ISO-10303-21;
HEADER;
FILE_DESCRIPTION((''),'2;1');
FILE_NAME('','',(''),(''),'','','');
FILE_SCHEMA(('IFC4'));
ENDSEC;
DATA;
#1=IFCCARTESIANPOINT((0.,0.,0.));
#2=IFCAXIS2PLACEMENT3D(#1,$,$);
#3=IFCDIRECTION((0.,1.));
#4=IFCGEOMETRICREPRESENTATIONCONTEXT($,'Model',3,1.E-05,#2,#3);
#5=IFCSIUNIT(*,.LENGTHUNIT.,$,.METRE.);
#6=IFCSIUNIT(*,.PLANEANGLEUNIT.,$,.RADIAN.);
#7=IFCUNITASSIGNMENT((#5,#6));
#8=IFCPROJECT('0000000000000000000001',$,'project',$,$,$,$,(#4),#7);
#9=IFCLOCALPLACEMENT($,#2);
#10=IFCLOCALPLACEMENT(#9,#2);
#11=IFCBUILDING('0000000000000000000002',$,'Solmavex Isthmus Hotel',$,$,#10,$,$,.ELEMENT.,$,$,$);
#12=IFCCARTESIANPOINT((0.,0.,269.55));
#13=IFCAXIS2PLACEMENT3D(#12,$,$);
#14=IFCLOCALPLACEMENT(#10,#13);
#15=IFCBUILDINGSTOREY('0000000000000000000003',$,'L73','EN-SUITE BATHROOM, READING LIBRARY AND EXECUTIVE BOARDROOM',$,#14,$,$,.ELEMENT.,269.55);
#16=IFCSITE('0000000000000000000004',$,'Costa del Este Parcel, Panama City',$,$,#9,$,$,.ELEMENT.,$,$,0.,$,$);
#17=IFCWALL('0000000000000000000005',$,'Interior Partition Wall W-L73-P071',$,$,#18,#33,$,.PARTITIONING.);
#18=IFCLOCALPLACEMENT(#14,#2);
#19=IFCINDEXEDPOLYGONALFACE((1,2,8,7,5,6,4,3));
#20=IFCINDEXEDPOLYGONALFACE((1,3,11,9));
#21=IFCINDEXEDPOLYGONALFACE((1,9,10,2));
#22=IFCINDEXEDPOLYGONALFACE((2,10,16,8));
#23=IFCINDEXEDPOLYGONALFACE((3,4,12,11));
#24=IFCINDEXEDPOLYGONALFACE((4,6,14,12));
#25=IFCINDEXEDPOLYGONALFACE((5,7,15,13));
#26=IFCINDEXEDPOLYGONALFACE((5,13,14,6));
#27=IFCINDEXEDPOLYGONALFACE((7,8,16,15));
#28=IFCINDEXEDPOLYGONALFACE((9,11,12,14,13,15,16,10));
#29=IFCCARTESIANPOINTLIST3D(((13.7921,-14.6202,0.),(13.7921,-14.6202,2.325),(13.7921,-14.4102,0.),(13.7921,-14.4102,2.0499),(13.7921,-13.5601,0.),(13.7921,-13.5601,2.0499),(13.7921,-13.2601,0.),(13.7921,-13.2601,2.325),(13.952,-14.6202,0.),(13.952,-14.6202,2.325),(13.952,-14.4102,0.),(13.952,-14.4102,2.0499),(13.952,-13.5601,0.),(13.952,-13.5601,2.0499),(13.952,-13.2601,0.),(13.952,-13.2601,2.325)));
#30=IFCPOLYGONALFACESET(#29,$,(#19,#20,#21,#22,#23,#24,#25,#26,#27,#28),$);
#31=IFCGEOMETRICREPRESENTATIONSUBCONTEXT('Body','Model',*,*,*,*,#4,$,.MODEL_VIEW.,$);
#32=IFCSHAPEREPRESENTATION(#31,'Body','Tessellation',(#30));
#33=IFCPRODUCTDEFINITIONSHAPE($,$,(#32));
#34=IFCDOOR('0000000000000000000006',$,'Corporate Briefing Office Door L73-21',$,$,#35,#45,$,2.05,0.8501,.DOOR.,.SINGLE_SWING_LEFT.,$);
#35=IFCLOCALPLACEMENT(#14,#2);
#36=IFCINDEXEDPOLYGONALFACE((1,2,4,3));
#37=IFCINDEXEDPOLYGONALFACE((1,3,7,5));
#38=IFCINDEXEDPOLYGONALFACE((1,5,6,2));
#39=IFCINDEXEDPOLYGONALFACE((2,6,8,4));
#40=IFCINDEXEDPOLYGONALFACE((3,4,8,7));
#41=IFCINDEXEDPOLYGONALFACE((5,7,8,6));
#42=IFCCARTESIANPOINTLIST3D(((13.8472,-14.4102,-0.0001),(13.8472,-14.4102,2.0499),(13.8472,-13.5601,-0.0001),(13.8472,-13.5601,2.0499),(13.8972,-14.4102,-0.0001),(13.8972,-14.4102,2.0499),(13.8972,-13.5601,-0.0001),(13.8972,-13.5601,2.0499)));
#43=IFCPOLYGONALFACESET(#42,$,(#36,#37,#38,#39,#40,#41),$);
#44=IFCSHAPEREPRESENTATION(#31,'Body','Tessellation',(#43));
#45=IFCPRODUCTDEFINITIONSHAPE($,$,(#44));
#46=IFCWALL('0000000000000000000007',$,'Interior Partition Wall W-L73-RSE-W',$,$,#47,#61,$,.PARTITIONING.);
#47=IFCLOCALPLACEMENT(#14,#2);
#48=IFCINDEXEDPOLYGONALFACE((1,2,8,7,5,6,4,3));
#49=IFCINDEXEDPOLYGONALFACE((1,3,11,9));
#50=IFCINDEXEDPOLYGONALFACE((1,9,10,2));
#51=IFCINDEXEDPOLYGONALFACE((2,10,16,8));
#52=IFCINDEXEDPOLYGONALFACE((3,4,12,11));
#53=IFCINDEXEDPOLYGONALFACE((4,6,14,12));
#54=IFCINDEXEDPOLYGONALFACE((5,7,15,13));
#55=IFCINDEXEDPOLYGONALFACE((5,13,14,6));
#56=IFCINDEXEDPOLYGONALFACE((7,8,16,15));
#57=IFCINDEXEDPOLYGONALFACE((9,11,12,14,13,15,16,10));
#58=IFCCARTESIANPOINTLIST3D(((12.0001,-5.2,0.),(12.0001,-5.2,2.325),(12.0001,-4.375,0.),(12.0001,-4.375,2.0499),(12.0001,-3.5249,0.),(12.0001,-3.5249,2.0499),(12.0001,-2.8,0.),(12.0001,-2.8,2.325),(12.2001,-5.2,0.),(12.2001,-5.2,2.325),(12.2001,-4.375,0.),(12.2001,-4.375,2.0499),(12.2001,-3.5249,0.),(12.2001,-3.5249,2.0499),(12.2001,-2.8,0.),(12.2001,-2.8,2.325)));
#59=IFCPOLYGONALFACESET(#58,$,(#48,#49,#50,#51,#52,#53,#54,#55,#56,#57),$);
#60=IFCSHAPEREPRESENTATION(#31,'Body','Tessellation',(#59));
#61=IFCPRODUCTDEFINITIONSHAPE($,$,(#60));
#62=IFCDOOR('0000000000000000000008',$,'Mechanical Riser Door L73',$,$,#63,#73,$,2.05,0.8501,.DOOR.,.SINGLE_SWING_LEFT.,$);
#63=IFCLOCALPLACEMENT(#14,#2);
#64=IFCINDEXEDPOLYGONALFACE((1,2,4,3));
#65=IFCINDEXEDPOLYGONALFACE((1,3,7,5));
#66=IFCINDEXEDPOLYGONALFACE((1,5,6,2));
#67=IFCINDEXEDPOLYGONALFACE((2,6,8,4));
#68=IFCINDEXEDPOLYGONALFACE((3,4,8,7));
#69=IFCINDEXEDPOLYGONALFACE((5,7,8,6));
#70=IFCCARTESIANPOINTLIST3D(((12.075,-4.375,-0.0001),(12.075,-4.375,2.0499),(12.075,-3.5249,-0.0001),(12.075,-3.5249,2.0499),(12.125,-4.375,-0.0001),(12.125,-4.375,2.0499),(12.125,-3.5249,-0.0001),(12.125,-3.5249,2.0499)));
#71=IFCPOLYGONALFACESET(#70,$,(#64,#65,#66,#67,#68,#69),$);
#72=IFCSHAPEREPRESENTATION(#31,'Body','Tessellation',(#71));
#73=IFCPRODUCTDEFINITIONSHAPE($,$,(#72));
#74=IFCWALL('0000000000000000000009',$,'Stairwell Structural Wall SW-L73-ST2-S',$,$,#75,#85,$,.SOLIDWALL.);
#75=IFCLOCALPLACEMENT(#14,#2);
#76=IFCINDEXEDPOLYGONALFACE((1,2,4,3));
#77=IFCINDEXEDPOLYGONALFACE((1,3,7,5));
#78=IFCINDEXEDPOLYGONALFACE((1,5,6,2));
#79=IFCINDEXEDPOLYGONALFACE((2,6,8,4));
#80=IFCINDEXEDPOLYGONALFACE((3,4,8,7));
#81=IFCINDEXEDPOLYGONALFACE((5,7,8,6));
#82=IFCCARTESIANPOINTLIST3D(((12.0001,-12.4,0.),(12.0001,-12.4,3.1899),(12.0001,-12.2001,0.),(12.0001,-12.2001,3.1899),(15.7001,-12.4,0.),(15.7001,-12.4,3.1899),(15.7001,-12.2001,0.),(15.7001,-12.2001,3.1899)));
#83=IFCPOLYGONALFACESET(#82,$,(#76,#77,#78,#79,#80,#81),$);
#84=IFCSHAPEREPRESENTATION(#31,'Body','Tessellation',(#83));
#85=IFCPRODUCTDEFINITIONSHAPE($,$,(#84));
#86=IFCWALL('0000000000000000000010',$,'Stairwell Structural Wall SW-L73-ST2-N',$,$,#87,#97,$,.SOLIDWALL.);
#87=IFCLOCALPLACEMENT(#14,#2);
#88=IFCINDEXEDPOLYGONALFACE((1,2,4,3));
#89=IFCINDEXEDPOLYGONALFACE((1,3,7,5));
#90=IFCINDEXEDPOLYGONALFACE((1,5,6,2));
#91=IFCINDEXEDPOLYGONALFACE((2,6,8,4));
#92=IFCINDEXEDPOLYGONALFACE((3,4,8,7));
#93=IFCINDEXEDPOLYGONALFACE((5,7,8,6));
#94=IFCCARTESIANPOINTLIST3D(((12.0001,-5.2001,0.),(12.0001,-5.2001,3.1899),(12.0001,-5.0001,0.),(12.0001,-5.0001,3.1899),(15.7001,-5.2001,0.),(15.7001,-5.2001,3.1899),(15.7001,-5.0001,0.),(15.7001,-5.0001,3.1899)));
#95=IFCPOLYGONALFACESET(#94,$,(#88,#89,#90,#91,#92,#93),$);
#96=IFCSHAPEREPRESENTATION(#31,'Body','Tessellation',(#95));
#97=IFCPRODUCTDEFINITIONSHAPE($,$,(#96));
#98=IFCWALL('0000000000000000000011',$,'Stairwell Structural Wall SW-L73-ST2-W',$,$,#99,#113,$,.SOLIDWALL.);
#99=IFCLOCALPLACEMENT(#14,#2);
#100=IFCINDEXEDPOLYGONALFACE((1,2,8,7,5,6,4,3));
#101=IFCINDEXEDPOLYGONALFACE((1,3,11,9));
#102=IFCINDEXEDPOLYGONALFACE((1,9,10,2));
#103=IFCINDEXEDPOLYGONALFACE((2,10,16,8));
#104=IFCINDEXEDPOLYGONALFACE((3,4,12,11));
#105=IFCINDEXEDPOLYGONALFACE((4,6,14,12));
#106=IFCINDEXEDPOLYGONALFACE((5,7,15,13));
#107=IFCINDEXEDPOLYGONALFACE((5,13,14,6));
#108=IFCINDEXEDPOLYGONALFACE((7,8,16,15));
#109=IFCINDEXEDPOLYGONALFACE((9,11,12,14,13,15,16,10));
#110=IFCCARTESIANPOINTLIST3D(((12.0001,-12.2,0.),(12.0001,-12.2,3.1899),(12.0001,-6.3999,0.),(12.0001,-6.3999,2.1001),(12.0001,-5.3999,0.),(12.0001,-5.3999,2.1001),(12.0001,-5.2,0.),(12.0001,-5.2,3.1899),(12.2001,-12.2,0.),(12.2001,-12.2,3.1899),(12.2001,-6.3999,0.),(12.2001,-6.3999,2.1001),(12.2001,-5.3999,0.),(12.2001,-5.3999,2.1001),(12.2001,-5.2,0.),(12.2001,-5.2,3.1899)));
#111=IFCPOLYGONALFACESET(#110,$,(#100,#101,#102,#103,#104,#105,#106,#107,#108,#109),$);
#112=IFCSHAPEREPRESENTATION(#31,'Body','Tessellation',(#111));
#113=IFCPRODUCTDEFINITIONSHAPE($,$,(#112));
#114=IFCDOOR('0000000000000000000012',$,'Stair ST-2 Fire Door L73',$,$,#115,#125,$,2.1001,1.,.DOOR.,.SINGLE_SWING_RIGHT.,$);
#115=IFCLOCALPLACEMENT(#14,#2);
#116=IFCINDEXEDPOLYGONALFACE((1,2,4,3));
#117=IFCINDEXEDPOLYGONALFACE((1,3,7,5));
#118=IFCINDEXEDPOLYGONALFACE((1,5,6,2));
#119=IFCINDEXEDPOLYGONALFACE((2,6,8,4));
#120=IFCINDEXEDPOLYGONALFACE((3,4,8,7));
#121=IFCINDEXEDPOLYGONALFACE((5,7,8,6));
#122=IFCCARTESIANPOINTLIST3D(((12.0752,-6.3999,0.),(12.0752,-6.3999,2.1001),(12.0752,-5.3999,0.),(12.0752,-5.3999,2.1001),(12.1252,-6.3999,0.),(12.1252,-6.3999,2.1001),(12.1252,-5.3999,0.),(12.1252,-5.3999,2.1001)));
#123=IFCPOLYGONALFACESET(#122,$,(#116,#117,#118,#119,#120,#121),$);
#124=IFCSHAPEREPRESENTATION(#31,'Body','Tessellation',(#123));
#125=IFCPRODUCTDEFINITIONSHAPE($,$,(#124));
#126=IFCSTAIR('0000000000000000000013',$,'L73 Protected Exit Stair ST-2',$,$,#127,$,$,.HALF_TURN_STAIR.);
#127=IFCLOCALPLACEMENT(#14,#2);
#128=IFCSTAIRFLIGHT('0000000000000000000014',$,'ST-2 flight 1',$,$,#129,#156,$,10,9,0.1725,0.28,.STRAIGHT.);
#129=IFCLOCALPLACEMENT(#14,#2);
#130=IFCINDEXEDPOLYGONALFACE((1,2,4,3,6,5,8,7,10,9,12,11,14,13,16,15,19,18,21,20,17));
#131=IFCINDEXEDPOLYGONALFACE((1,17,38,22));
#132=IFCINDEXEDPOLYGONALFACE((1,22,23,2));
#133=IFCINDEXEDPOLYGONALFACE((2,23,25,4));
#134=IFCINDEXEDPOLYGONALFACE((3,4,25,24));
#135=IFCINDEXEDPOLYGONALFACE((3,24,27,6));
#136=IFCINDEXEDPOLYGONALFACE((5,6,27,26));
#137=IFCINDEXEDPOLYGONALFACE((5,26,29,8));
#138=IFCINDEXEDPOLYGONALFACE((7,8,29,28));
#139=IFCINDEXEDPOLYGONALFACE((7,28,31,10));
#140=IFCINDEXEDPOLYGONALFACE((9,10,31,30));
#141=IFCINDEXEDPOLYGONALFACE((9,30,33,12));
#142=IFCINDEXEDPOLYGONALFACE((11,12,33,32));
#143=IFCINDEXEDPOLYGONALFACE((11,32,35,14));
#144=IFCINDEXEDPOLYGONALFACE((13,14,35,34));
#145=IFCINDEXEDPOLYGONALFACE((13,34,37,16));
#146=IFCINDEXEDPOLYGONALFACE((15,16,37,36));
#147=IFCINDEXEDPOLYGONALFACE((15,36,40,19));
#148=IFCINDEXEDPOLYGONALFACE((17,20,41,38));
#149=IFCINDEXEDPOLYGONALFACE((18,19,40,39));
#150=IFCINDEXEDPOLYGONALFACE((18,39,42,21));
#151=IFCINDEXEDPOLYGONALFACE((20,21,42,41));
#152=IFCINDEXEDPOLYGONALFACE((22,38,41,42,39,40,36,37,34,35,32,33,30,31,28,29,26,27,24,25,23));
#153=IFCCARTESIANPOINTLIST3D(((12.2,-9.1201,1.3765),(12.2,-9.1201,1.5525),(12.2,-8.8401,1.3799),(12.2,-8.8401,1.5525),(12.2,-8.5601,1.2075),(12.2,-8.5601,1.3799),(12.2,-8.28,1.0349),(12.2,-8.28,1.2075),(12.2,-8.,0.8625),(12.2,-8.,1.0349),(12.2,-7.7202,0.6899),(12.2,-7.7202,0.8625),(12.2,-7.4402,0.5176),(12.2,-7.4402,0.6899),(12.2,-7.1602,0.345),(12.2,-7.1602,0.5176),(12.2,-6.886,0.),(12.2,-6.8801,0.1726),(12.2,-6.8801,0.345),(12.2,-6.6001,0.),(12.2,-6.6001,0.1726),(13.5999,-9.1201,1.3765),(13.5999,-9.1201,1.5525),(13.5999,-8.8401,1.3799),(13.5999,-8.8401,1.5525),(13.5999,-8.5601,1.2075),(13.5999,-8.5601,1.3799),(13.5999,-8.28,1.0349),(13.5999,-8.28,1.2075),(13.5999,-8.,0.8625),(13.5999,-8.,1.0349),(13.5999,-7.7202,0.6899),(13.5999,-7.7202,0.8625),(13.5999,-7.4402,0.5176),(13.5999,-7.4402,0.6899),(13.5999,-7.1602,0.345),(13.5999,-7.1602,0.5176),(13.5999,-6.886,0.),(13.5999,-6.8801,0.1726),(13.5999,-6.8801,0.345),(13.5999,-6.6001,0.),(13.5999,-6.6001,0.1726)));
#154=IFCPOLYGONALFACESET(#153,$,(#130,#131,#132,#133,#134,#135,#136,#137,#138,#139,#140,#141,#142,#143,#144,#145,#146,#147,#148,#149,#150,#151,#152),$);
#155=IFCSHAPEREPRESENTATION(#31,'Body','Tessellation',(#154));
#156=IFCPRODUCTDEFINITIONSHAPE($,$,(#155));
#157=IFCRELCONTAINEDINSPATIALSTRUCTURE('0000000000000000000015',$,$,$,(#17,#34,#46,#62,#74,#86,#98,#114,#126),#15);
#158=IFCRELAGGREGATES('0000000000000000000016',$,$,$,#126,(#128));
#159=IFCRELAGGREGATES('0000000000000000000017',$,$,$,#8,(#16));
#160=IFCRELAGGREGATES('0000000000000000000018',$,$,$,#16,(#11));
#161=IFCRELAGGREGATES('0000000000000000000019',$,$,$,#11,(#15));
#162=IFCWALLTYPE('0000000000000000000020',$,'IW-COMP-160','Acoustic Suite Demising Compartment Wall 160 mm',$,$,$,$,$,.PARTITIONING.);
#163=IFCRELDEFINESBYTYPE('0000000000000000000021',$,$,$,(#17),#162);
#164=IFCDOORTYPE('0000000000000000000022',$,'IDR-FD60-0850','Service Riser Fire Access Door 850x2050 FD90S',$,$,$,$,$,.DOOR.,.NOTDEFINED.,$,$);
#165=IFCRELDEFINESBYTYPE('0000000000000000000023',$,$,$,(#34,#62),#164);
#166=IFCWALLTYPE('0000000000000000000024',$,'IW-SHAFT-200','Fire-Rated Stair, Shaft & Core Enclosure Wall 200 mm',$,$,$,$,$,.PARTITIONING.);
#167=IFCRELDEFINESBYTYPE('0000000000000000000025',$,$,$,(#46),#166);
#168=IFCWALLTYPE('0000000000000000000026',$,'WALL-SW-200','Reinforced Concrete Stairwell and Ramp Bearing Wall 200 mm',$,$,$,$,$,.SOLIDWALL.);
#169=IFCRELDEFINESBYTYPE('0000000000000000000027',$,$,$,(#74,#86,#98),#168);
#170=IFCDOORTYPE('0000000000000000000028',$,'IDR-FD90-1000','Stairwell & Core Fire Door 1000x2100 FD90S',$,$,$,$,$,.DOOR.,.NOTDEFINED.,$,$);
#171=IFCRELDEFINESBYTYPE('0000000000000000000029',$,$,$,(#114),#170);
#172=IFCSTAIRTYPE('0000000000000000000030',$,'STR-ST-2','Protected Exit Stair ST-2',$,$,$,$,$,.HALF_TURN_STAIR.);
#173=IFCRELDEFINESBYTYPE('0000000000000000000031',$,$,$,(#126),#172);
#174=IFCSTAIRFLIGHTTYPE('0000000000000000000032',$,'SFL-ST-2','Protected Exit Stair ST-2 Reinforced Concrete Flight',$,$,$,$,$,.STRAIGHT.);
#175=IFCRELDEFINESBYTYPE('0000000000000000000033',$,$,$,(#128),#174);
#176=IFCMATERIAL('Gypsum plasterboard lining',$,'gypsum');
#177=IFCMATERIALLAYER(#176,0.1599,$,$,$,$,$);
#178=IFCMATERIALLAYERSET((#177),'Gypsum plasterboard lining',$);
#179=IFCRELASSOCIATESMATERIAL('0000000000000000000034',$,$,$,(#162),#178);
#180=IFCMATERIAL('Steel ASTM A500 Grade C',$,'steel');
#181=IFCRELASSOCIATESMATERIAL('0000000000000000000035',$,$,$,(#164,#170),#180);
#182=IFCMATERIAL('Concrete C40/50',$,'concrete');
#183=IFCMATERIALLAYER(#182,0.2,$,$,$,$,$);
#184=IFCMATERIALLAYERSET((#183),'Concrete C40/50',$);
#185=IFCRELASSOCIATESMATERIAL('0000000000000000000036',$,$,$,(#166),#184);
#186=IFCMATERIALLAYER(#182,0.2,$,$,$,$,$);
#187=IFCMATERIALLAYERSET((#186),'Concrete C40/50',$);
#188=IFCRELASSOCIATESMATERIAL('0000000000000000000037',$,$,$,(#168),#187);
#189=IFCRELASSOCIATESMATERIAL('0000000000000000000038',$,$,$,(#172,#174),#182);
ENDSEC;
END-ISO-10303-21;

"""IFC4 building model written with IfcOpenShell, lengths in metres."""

from ifc_helpers import new_model, si_unit, direction, frame, frame_2d, origin, place, context, subcontext, project, spatial, polyline, rectangle, outline, extrude, material, layer, layer_set, type_object, element, fill, aggregate, save


model = new_model("IFC4")

# Units and contexts
model_context = context("Model", 3, precision=1e-05, world=origin(), true_north=direction((0.0, 1.0)))
body_context = subcontext(model_context, "Body", "Model", "MODEL_VIEW")
ifc_project = project(units=[si_unit("LENGTHUNIT", "METRE"), si_unit("PLANEANGLEUNIT", "RADIAN")], contexts=[model_context])

# Site, building, storey
site_placement = place(None, origin())
site = spatial("IfcSite", under=ifc_project, at=site_placement, Name="Costa del Este Parcel, Panama City", CompositionType="ELEMENT", RefElevation=0.0)
building_placement = place(site_placement, origin())
building = spatial("IfcBuilding", under=site, at=building_placement, Name="Solmavex Isthmus Hotel", CompositionType="ELEMENT")
storey_placement = place(building_placement, frame((0.0, 0.0, 269.55)))
storey = spatial("IfcBuildingStorey", under=building, at=storey_placement, Name="L73", Description="EN-SUITE BATHROOM, READING LIBRARY AND EXECUTIVE BOARDROOM", CompositionType="ELEMENT", Elevation=269.55)

# Walls, openings, doors
ifc_material_1 = material(Name="Gypsum plasterboard lining", Category="gypsum")
ifc_layer_1 = layer(ifc_material_1, 0.1599)
ifc_layer_set_1 = layer_set([ifc_layer_1], Name="Gypsum plasterboard lining")
wall_type_1 = type_object("IfcWallType", Name="IW-COMP-160", Description="Acoustic Suite Demising Compartment Wall 160 mm", PredefinedType="PARTITIONING", material=ifc_layer_set_1)
wall_1_placement = place(storey_placement, frame((13.8721, -13.26, 0.0), z_axis=(0.0, 0.0, 1.0), x_axis=(0.0, -1.0, 0.0)))
wall_1 = element("IfcWall", 1, at=wall_1_placement, inside=storey, type_object=wall_type_1, Name="Interior Partition Wall W-L73-P071", PredefinedType="PARTITIONING", context=body_context, shape_type="SweptSolid", body=[
    extrude(rectangle(XDim=1.3601, YDim=0.1599, at=frame_2d((0.6802, 0.0))), origin(), (0.0, 0.0, 1.0), 2.325),
])
opening_1_placement = place(wall_1_placement, frame((0.3, 0.0, 0.0)))
opening_1 = element("IfcOpeningElement", 2, at=opening_1_placement, cuts=wall_1, PredefinedType="OPENING", context=body_context, shape_type="SweptSolid", body=[
    extrude(rectangle(XDim=0.8501, YDim=2.05, at=frame_2d((0.425, 1.0249))), frame((0.0, 0.0898, 0.0), z_axis=(0.0, -1.0, 0.0), x_axis=(1.0, 0.0, 0.0)), (0.0, 0.0, 1.0), 0.1799),
])
ifc_material_2 = material(Name="Steel ASTM A500 Grade C", Category="steel")
door_type_1 = type_object("IfcDoorType", Name="IDR-FD60-0850", Description="Service Riser Fire Access Door 850x2050 FD90S", OperationType="NOTDEFINED", PredefinedType="DOOR", material=ifc_material_2)
door_1_placement = place(opening_1_placement, frame((0.8501, 0.0, 0.0), z_axis=(0.0, 0.0, 1.0), x_axis=(-1.0, 0.0, 0.0)))
door_1 = element("IfcDoor", 3, at=door_1_placement, inside=storey, type_object=door_type_1, Name="Corporate Briefing Office Door L73-21", OperationType="SINGLE_SWING_LEFT", OverallHeight=2.05, OverallWidth=0.8501, PredefinedType="DOOR", context=body_context, shape_type="SweptSolid", body=[
    extrude(rectangle(XDim=0.8501, YDim=2.05, at=frame_2d((0.425, 1.0249))), frame((0.0, 0.0249, 0.0), z_axis=(0.0, -1.0, 0.0), x_axis=(1.0, 0.0, 0.0)), (0.0, 0.0, 1.0), 0.05),
])
fill(opening_1, door_1)
ifc_material_3 = material(Name="Concrete C40/50", Category="concrete")
ifc_layer_2 = layer(ifc_material_3, 0.2)
ifc_layer_set_2 = layer_set([ifc_layer_2], Name="Concrete C40/50")
wall_type_2 = type_object("IfcWallType", Name="IW-SHAFT-200", Description="Fire-Rated Stair, Shaft & Core Enclosure Wall 200 mm", PredefinedType="PARTITIONING", material=ifc_layer_set_2)
wall_2_placement = place(storey_placement, frame((12.1001, -5.2, 0.0), z_axis=(0.0, 0.0, 1.0), x_axis=(0.0, 1.0, 0.0)))
wall_2 = element("IfcWall", 4, at=wall_2_placement, inside=storey, type_object=wall_type_2, Name="Interior Partition Wall W-L73-RSE-W", PredefinedType="PARTITIONING", context=body_context, shape_type="SweptSolid", body=[
    extrude(rectangle(XDim=2.3999, YDim=0.2, at=frame_2d((1.2, 0.0))), origin(), (0.0, 0.0, 1.0), 2.325),
])
opening_2_placement = place(wall_2_placement, frame((0.825, 0.0, 0.0)))
opening_2 = element("IfcOpeningElement", 5, at=opening_2_placement, cuts=wall_2, PredefinedType="OPENING", context=body_context, shape_type="SweptSolid", body=[
    extrude(rectangle(XDim=0.8501, YDim=2.05, at=frame_2d((0.425, 1.0249))), frame((0.0, 0.1099, 0.0), z_axis=(0.0, -1.0, 0.0), x_axis=(1.0, 0.0, 0.0)), (0.0, 0.0, 1.0), 0.22),
])
door_2_placement = place(opening_2_placement, frame((0.8501, 0.0, 0.0), z_axis=(0.0, 0.0, 1.0), x_axis=(-1.0, 0.0, 0.0)))
door_2 = element("IfcDoor", 6, at=door_2_placement, inside=storey, type_object=door_type_1, Name="Mechanical Riser Door L73", OperationType="SINGLE_SWING_LEFT", OverallHeight=2.05, OverallWidth=0.8501, PredefinedType="DOOR", context=body_context, shape_type="SweptSolid", body=[
    extrude(rectangle(XDim=0.8501, YDim=2.05, at=frame_2d((0.425, 1.0249))), frame((0.0, 0.0249, 0.0), z_axis=(0.0, -1.0, 0.0), x_axis=(1.0, 0.0, 0.0)), (0.0, 0.0, 1.0), 0.05),
])
fill(opening_2, door_2)

# Walls
ifc_layer_3 = layer(ifc_material_3, 0.2)
ifc_layer_set_3 = layer_set([ifc_layer_3], Name="Concrete C40/50")
wall_type_3 = type_object("IfcWallType", Name="WALL-SW-200", Description="Reinforced Concrete Stairwell and Ramp Bearing Wall 200 mm", PredefinedType="SOLIDWALL", material=ifc_layer_set_3)
for number, where, z_axis, x_axis, name in (
    (7, (12.0, -12.3, 0.0), (0.0, 0.0, 1.0), (1.0, 0.0, 0.0), "Stairwell Structural Wall SW-L73-ST2-S"),
    (8, (12.0, -5.1001, 0.0), (0.0, 0.0, 1.0), (1.0, 0.0, 0.0), "Stairwell Structural Wall SW-L73-ST2-N"),
):
    element("IfcWall", number, at=place(storey_placement, frame(where, z_axis=z_axis, x_axis=x_axis)), inside=storey, type_object=wall_type_3, Name=name, PredefinedType="SOLIDWALL", context=body_context, shape_type="SweptSolid", body=[
        extrude(rectangle(XDim=3.7, YDim=0.2, at=frame_2d((1.8501, 0.0))), origin(), (0.0, 0.0, 1.0), 3.1899),
    ])

# Wall, opening, door
wall_3_placement = place(storey_placement, frame((12.1001, -12.2, 0.0), z_axis=(0.0, 0.0, 1.0), x_axis=(0.0, 1.0, 0.0)))
wall_3 = element("IfcWall", 9, at=wall_3_placement, inside=storey, type_object=wall_type_3, Name="Stairwell Structural Wall SW-L73-ST2-W", PredefinedType="SOLIDWALL", context=body_context, shape_type="SweptSolid", body=[
    extrude(rectangle(XDim=7.0, YDim=0.2, at=frame_2d((3.5, 0.0))), origin(), (0.0, 0.0, 1.0), 3.1899),
])
opening_3_placement = place(wall_3_placement, frame((5.8, 0.0, 0.0)))
opening_3 = element("IfcOpeningElement", 10, at=opening_3_placement, cuts=wall_3, PredefinedType="OPENING", context=body_context, shape_type="SweptSolid", body=[
    extrude(rectangle(XDim=1.0, YDim=2.1001, at=frame_2d((0.5, 1.05))), frame((0.0, 0.1099, 0.0), z_axis=(0.0, -1.0, 0.0), x_axis=(1.0, 0.0, 0.0)), (0.0, 0.0, 1.0), 0.22),
])
door_type_2 = type_object("IfcDoorType", Name="IDR-FD90-1000", Description="Stairwell & Core Fire Door 1000x2100 FD90S", OperationType="NOTDEFINED", PredefinedType="DOOR", material=ifc_material_2)
door_3_placement = place(opening_3_placement, origin())
door_3 = element("IfcDoor", 11, at=door_3_placement, inside=storey, type_object=door_type_2, Name="Stair ST-2 Fire Door L73", OperationType="SINGLE_SWING_RIGHT", OverallHeight=2.1001, OverallWidth=1.0, PredefinedType="DOOR", context=body_context, shape_type="SweptSolid", body=[
    extrude(rectangle(XDim=1.0, YDim=2.1001, at=frame_2d((0.5, 1.05))), frame((0.0, 0.0249, 0.0), z_axis=(0.0, -1.0, 0.0), x_axis=(1.0, 0.0, 0.0)), (0.0, 0.0, 1.0), 0.05),
])
fill(opening_3, door_3)

# Stair, stair flight
stair_type = type_object("IfcStairType", Name="STR-ST-2", Description="Protected Exit Stair ST-2", PredefinedType="HALF_TURN_STAIR", material=ifc_material_3)
stair_placement = place(storey_placement, origin())
stair = element("IfcStair", 12, at=stair_placement, inside=storey, type_object=stair_type, Name="L73 Protected Exit Stair ST-2", PredefinedType="HALF_TURN_STAIR")
stair_flight_type = type_object("IfcStairFlightType", Name="SFL-ST-2", Description="Protected Exit Stair ST-2 Reinforced Concrete Flight", PredefinedType="STRAIGHT", material=ifc_material_3)
stair_flight_placement = place(storey_placement, frame((12.8999, -6.6001, 0.0), z_axis=(0.0, 0.0, 1.0), x_axis=(0.0, -1.0, 0.0)))
stair_flight = element("IfcStairFlight", 13, at=stair_flight_placement, type_object=stair_flight_type, Name="ST-2 flight 1", NumberOfRisers=10, NumberOfTreads=9, PredefinedType="STRAIGHT", RiserHeight=0.1725, TreadLength=0.28, context=body_context, shape_type="SweptSolid", body=[
    extrude(outline(polyline([(0.0, 0.0), (0.0, 0.1726), (0.28, 0.1726), (0.28, 0.345), (0.5601, 0.345), (0.5601, 0.5176), (0.8401, 0.5176), (0.8401, 0.6899), (1.1201, 0.6899), (1.1201, 0.8625), (1.3999, 0.8625), (1.3999, 1.0349), (1.6799, 1.0349), (1.6799, 1.2075), (1.96, 1.2075), (1.96, 1.3799), (2.24, 1.3799), (2.24, 1.5525), (2.52, 1.5525), (2.52, 1.7251), (2.52, 1.3765), (0.2859, 0.0), (0.0, 0.0)])), frame((0.0, 0.7, 0.0), z_axis=(0.0, -1.0, 0.0), x_axis=(1.0, 0.0, 0.0)), (0.0, 0.0, 1.0), 1.3999),
])
aggregate(stair, [stair_flight])

save(model, "model.ifc")
